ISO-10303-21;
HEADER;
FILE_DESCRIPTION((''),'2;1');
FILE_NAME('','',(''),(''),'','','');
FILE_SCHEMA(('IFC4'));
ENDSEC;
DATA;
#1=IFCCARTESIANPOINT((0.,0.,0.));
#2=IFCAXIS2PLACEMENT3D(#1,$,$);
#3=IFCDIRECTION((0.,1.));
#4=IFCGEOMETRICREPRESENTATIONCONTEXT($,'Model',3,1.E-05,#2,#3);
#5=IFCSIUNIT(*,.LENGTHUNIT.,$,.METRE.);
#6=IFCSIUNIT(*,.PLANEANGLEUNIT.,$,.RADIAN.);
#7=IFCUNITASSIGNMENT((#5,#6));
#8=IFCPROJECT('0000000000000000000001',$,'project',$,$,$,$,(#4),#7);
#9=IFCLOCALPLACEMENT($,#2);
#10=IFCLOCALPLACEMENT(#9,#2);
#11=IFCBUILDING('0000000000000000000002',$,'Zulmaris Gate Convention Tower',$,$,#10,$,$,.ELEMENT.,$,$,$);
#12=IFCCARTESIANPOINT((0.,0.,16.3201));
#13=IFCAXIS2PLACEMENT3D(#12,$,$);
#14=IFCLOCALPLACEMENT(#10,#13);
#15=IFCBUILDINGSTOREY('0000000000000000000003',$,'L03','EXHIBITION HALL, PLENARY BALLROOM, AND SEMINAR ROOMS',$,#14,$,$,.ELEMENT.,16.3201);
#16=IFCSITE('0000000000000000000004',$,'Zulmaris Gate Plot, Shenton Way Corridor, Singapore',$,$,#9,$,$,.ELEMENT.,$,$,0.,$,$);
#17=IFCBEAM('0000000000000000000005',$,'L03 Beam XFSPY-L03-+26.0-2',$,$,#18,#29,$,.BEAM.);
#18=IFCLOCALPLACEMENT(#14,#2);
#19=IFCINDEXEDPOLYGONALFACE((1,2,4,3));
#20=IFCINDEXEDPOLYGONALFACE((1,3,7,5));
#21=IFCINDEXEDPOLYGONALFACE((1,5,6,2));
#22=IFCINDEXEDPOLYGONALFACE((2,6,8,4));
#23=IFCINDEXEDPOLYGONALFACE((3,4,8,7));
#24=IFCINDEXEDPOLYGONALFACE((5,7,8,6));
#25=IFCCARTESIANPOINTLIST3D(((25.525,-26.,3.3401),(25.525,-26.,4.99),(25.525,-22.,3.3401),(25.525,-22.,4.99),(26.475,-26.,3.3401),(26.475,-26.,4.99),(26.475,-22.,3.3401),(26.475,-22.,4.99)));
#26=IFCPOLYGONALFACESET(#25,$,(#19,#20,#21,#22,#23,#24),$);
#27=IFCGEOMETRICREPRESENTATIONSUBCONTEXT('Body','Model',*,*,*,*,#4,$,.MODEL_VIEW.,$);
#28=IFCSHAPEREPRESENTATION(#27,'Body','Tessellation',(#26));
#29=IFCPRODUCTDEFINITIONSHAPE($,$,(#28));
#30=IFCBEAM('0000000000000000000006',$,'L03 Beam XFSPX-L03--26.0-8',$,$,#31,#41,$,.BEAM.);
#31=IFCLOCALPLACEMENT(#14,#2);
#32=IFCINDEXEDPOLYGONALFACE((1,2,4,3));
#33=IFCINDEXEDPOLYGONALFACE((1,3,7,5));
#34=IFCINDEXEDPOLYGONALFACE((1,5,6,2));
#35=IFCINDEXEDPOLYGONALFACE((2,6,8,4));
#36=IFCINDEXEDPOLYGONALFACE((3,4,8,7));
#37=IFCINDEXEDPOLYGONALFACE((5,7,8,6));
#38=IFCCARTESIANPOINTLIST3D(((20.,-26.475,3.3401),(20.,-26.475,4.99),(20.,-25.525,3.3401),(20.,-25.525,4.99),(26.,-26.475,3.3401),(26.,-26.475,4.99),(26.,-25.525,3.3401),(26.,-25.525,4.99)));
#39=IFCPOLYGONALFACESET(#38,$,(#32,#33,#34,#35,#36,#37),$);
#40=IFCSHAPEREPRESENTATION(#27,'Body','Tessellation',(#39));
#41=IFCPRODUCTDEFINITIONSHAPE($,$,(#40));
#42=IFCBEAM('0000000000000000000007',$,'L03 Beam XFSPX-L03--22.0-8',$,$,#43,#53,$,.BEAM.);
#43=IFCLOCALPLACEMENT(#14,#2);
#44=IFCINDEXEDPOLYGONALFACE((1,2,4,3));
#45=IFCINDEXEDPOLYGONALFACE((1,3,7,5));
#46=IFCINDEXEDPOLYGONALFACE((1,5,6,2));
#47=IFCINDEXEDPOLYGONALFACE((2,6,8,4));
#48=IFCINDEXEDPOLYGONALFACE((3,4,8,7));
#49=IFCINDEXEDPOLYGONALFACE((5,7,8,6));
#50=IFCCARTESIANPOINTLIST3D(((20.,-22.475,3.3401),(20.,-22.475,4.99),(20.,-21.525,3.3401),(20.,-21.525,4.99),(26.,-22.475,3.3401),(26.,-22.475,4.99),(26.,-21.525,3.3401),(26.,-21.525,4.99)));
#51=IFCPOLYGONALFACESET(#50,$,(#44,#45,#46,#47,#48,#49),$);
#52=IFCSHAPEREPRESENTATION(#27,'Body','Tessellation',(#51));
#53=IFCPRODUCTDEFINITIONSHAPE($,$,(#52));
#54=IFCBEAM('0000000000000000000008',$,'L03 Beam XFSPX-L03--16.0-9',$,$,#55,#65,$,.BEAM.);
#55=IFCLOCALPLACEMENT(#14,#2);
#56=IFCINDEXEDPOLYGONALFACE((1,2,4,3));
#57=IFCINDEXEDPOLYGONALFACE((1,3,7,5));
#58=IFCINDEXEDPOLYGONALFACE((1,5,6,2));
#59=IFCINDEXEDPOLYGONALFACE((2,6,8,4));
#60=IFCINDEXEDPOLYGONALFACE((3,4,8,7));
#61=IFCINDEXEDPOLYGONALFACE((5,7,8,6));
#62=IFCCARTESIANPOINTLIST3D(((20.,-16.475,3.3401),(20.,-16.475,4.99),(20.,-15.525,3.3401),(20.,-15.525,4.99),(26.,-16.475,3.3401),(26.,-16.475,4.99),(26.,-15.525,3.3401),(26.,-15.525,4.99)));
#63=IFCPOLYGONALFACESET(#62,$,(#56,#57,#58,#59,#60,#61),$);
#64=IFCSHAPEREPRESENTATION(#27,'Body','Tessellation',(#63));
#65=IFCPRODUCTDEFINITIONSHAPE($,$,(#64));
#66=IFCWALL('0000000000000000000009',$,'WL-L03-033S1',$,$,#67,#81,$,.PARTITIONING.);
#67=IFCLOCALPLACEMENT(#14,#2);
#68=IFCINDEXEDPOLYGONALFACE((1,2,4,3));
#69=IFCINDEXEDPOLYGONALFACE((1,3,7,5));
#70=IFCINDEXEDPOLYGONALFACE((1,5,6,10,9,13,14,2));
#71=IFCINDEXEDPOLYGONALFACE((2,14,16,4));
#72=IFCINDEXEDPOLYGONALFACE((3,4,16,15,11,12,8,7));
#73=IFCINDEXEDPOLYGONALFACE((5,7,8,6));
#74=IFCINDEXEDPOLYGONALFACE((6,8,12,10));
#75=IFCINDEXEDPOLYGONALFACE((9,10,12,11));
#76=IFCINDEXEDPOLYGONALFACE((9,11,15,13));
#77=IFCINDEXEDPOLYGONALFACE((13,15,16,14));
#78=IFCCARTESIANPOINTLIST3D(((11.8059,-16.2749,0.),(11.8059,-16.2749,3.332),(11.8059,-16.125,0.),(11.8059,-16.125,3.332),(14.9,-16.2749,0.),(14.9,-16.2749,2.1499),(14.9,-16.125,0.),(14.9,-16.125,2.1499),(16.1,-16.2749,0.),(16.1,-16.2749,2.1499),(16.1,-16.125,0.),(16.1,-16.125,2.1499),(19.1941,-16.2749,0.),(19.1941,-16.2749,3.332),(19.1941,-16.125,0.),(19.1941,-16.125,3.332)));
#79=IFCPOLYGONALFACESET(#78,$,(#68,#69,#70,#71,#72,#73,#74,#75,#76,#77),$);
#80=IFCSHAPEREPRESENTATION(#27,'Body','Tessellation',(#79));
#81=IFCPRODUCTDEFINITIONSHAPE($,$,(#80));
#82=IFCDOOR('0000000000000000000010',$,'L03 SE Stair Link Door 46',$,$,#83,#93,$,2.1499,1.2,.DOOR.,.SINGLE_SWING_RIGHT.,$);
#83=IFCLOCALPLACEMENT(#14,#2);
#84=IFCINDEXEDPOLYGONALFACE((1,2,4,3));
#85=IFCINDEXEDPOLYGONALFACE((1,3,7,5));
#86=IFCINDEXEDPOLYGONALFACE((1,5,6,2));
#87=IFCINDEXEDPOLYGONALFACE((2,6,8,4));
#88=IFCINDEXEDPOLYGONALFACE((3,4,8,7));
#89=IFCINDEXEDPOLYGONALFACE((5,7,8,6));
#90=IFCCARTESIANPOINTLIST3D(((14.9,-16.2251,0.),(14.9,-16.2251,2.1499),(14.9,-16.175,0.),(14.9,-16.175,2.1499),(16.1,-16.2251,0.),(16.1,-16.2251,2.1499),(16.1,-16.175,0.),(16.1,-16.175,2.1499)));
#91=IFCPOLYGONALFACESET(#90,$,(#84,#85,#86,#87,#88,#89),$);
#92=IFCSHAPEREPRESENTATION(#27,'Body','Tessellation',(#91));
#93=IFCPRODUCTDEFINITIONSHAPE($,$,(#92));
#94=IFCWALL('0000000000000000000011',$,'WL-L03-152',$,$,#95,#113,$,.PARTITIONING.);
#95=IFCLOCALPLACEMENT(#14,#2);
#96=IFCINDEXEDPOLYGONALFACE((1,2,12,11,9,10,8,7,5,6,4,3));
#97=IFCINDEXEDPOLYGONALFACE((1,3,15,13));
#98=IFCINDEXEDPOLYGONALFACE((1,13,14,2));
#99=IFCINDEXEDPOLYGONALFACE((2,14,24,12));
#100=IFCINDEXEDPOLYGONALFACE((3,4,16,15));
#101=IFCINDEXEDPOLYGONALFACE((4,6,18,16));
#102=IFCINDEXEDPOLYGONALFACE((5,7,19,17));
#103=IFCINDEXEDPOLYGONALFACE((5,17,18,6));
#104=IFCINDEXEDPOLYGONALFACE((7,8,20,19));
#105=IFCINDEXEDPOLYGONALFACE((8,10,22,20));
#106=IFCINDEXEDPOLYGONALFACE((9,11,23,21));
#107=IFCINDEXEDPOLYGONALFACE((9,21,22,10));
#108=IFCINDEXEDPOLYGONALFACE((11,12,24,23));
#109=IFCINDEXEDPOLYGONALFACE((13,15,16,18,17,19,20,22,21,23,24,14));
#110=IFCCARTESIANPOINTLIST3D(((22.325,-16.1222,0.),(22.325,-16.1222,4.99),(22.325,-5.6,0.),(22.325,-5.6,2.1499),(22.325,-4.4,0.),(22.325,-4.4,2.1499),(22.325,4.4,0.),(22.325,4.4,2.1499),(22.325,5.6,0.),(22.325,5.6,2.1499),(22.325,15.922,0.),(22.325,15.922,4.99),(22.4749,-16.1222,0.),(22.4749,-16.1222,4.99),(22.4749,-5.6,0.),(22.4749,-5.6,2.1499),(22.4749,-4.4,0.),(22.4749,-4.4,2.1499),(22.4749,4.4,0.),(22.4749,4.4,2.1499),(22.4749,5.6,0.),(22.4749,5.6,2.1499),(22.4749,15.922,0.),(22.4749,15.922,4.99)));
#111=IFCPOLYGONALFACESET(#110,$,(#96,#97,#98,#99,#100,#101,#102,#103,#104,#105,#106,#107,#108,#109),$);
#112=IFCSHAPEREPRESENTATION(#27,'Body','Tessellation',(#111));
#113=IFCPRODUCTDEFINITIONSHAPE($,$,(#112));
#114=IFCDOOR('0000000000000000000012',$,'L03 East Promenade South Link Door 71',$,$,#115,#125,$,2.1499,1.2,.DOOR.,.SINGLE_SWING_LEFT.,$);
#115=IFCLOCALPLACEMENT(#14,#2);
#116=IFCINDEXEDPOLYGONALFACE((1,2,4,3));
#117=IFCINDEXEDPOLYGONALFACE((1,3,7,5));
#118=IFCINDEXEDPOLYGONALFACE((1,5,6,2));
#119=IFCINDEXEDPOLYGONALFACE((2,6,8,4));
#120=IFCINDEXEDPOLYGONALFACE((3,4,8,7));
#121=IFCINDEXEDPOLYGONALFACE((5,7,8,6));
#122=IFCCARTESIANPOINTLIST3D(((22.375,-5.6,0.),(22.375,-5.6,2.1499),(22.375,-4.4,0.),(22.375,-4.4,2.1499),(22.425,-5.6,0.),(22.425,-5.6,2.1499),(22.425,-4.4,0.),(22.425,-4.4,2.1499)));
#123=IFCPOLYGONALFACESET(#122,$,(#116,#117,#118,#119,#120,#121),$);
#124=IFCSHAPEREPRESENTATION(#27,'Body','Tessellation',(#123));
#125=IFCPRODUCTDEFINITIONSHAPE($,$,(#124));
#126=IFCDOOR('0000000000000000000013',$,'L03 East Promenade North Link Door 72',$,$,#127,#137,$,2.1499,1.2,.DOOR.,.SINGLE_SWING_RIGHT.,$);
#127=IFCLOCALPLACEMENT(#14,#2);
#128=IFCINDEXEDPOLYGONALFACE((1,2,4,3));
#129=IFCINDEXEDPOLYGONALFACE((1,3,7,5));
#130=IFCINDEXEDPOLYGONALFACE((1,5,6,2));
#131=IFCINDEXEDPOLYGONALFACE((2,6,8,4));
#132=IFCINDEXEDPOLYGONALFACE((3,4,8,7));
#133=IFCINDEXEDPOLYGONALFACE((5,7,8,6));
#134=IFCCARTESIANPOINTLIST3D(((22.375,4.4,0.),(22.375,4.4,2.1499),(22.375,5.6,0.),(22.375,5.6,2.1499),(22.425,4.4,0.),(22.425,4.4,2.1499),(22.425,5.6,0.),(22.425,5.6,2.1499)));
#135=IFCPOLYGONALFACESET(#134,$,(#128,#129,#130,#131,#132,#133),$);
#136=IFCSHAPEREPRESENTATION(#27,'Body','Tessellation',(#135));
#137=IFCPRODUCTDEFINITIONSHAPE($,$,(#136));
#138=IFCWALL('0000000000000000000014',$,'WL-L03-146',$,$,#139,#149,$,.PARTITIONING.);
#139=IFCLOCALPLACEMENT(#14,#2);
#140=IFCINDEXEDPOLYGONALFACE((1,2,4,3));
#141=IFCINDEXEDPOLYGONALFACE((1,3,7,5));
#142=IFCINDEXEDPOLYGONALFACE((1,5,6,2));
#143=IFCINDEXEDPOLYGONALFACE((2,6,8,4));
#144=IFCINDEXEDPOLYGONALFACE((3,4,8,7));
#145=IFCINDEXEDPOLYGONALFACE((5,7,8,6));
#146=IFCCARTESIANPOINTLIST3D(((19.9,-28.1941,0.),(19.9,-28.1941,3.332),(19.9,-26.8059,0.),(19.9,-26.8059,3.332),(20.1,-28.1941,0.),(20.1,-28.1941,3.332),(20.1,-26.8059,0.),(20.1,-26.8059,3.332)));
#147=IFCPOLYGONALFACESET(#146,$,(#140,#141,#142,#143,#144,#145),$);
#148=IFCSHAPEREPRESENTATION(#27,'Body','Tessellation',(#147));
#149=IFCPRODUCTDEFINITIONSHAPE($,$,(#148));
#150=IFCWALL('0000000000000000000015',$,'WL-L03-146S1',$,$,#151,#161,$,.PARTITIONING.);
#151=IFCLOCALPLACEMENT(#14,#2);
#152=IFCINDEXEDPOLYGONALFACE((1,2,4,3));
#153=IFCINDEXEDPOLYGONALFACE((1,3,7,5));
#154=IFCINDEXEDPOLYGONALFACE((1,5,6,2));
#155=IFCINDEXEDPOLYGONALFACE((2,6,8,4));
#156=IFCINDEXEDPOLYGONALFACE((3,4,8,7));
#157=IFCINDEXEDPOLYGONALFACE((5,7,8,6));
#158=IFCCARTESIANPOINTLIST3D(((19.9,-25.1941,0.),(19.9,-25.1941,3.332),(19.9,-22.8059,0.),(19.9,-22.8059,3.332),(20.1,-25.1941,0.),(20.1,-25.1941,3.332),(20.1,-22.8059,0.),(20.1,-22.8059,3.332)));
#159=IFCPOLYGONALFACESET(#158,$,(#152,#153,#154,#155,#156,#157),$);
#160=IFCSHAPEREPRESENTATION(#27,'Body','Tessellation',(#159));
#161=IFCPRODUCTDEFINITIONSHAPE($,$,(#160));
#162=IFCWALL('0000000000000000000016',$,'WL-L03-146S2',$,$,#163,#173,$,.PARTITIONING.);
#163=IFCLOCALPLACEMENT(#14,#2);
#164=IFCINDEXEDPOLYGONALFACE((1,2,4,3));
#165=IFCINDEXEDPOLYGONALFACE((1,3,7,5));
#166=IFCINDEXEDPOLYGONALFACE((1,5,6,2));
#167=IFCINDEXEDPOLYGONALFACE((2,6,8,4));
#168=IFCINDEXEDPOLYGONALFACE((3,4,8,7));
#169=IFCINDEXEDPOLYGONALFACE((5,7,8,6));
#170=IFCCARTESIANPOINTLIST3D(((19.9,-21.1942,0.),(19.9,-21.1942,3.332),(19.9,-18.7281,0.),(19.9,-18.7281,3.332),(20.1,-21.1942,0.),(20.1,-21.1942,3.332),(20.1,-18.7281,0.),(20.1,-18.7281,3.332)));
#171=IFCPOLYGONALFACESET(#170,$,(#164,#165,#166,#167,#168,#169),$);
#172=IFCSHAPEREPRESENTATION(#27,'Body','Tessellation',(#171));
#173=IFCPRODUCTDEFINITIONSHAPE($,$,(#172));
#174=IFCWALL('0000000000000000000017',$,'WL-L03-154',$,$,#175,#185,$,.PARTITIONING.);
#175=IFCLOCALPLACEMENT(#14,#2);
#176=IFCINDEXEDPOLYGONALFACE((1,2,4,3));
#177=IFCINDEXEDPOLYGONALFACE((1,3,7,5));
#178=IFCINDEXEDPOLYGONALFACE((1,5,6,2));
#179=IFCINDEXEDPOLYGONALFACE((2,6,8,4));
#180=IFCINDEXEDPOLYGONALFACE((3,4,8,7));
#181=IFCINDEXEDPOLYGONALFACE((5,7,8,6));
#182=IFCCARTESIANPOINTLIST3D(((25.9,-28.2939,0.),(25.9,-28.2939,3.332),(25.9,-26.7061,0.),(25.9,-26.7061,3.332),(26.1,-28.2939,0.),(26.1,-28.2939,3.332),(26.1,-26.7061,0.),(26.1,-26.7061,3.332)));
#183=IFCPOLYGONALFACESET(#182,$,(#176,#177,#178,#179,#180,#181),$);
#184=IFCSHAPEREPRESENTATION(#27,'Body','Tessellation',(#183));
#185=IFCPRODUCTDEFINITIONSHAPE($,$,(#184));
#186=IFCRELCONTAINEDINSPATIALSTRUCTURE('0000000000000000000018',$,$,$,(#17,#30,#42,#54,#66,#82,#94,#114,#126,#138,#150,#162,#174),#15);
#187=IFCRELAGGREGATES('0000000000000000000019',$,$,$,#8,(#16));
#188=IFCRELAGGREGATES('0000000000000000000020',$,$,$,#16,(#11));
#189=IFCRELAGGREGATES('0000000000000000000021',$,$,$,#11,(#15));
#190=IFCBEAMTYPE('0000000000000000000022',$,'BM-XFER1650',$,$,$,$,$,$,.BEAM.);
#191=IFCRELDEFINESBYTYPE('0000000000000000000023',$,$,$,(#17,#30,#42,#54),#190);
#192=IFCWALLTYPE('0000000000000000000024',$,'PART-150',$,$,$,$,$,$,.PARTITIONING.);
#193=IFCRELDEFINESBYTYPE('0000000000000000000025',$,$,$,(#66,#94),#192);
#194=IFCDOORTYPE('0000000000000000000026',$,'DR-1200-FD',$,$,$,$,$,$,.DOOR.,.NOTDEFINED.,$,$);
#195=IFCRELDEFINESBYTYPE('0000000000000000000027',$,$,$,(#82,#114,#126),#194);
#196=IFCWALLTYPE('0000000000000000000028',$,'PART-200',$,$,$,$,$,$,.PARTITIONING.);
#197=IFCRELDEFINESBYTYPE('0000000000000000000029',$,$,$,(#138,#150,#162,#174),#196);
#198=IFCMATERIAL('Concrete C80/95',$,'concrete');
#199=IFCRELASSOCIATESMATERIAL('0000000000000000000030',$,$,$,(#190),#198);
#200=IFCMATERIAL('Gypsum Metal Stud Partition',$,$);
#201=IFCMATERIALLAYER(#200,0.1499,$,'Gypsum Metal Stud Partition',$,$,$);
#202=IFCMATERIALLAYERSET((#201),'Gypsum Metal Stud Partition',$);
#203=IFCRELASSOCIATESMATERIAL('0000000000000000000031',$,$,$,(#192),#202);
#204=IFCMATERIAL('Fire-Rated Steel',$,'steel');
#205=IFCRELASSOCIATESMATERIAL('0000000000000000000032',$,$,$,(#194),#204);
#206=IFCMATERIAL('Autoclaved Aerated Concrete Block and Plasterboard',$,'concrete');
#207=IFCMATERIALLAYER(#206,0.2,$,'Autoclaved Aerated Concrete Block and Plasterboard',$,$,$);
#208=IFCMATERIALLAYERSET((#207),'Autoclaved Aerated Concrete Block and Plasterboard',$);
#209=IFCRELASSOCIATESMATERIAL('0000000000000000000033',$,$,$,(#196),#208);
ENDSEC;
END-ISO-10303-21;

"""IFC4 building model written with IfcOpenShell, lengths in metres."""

from ifc_helpers import new_model, si_unit, direction, frame, frame_2d, origin, origin_2d, place, context, subcontext, project, spatial, rectangle, extrude, material, layer, layer_set, material_profile, profile_set, type_object, element, fill, save


model = new_model("IFC4")

# Units and contexts
model_context = context("Model", 3, precision=1e-05, world=origin(), true_north=direction((0.0, 1.0)))
body_context = subcontext(model_context, "Body", "Model", "MODEL_VIEW")
ifc_project = project(units=[si_unit("LENGTHUNIT", "METRE"), si_unit("PLANEANGLEUNIT", "RADIAN")], contexts=[model_context])

# Site, building, storey
site_placement = place(None, origin())
site = spatial("IfcSite", under=ifc_project, at=site_placement, Name="Zulmaris Gate Plot, Shenton Way Corridor, Singapore", CompositionType="ELEMENT", RefElevation=0.0)
building_placement = place(site_placement, origin())
building = spatial("IfcBuilding", under=site, at=building_placement, Name="Zulmaris Gate Convention Tower", CompositionType="ELEMENT")
storey_placement = place(building_placement, frame((0.0, 0.0, 16.3201)))
storey = spatial("IfcBuildingStorey", under=building, at=storey_placement, Name="L03", Description="EXHIBITION HALL, PLENARY BALLROOM, AND SEMINAR ROOMS", CompositionType="ELEMENT", Elevation=16.3201)

# Shared definitions
ifc_material_1 = material(Name="Concrete C80/95", Category="concrete")

# Beams
ifc_material_profile_1 = material_profile(ifc_material_1, rectangle(XDim=0.95, YDim=1.6499, at=origin_2d()), Name="RC TRANSFER 950x1650")
ifc_profile_set_1 = profile_set([ifc_material_profile_1], Name="Concrete C80/95")
beam_type_1 = type_object("IfcBeamType", Name="BM-XFER1650", PredefinedType="BEAM", material=ifc_profile_set_1)
beam_1_placement = place(storey_placement, frame((26.0, -26.0, 4.165), z_axis=(0.0, 1.0, 0.0), x_axis=(-1.0, 0.0, 0.0)))
element("IfcBeam", 1, at=beam_1_placement, inside=storey, type_object=beam_type_1, Name="L03 Beam XFSPY-L03-+26.0-2", PredefinedType="BEAM", context=body_context, shape_type="SweptSolid", body=[
    extrude(rectangle(XDim=0.95, YDim=1.6499, at=origin_2d()), origin(), (0.0, 0.0, 1.0), 4.0),
])
for number, where, z_axis, x_axis, name in (
    (2, (20.0, -26.0, 4.165), (1.0, 0.0, 0.0), (0.0, 1.0, 0.0), "L03 Beam XFSPX-L03--26.0-8"),
    (3, (20.0, -22.0, 4.165), (1.0, 0.0, 0.0), (0.0, 1.0, 0.0), "L03 Beam XFSPX-L03--22.0-8"),
    (4, (20.0, -16.0, 4.165), (1.0, 0.0, 0.0), (0.0, 1.0, 0.0), "L03 Beam XFSPX-L03--16.0-9"),
):
    element("IfcBeam", number, at=place(storey_placement, frame(where, z_axis=z_axis, x_axis=x_axis)), inside=storey, type_object=beam_type_1, Name=name, PredefinedType="BEAM", context=body_context, shape_type="SweptSolid", body=[
        extrude(rectangle(XDim=0.95, YDim=1.6499, at=origin_2d()), origin(), (0.0, 0.0, 1.0), 6.0),
    ])

# Wall, opening, door
ifc_material_2 = material(Name="Gypsum Metal Stud Partition")
ifc_layer_1 = layer(ifc_material_2, 0.1499, Name="Gypsum Metal Stud Partition")
ifc_layer_set_1 = layer_set([ifc_layer_1], Name="Gypsum Metal Stud Partition")
wall_type_1 = type_object("IfcWallType", Name="PART-150", PredefinedType="PARTITIONING", material=ifc_layer_set_1)
wall_1_placement = place(storey_placement, frame((11.8059, -16.2, 0.0), z_axis=(0.0, 0.0, 1.0), x_axis=(1.0, 0.0, 0.0)))
wall_1 = element("IfcWall", 5, at=wall_1_placement, inside=storey, type_object=wall_type_1, Name="WL-L03-033S1", PredefinedType="PARTITIONING", context=body_context, shape_type="SweptSolid", body=[
    extrude(rectangle(XDim=7.3882, YDim=0.1499, at=frame_2d((3.6941, 0.0))), origin(), (0.0, 0.0, 1.0), 3.332),
])
opening_1_placement = place(wall_1_placement, frame((3.094, 0.0, 0.0)))
opening_1 = element("IfcOpeningElement", 6, at=opening_1_placement, cuts=wall_1, PredefinedType="OPENING", context=body_context, shape_type="SweptSolid", body=[
    extrude(rectangle(XDim=1.2, YDim=2.1499, at=frame_2d((0.6001, 1.075))), frame((0.0, 0.085, 0.0), z_axis=(0.0, -1.0, 0.0), x_axis=(1.0, 0.0, 0.0)), (0.0, 0.0, 1.0), 0.1699),
])
ifc_material_3 = material(Name="Fire-Rated Steel", Category="steel")
door_type_1 = type_object("IfcDoorType", Name="DR-1200-FD", OperationType="NOTDEFINED", PredefinedType="DOOR", material=ifc_material_3)
door_1_placement = place(opening_1_placement, origin())
door_1 = element("IfcDoor", 7, at=door_1_placement, inside=storey, type_object=door_type_1, Name="L03 SE Stair Link Door 46", OperationType="SINGLE_SWING_RIGHT", OverallHeight=2.1499, OverallWidth=1.2, PredefinedType="DOOR", context=body_context, shape_type="SweptSolid", body=[
    extrude(rectangle(XDim=1.2, YDim=2.1499, at=frame_2d((0.6001, 1.075))), frame((0.0, 0.0249, 0.0), z_axis=(0.0, -1.0, 0.0), x_axis=(1.0, 0.0, 0.0)), (0.0, 0.0, 1.0), 0.05),
])
fill(opening_1, door_1)

# Wall, openings, doors
wall_2_placement = place(storey_placement, frame((22.3999, -16.1221, 0.0), z_axis=(0.0, 0.0, 1.0), x_axis=(0.0, 1.0, 0.0)))
wall_2 = element("IfcWall", 8, at=wall_2_placement, inside=storey, type_object=wall_type_1, Name="WL-L03-152", PredefinedType="PARTITIONING", context=body_context, shape_type="SweptSolid", body=[
    extrude(rectangle(XDim=32.0442, YDim=0.1499, at=frame_2d((16.022, 0.0))), origin(), (0.0, 0.0, 1.0), 4.99),
])
opening_2_placement = place(wall_2_placement, frame((10.522, 0.0, 0.0)))
opening_2 = element("IfcOpeningElement", 9, at=opening_2_placement, cuts=wall_2, PredefinedType="OPENING", context=body_context, shape_type="SweptSolid", body=[
    extrude(rectangle(XDim=1.2, YDim=2.1499, at=frame_2d((0.6001, 1.075))), frame((0.0, 0.085, 0.0), z_axis=(0.0, -1.0, 0.0), x_axis=(1.0, 0.0, 0.0)), (0.0, 0.0, 1.0), 0.1699),
])
opening_3_placement = place(wall_2_placement, frame((20.522, 0.0, 0.0)))
opening_3 = element("IfcOpeningElement", 10, at=opening_3_placement, cuts=wall_2, PredefinedType="OPENING", context=body_context, shape_type="SweptSolid", body=[
    extrude(rectangle(XDim=1.2, YDim=2.1499, at=frame_2d((0.6001, 1.075))), frame((0.0, 0.085, 0.0), z_axis=(0.0, -1.0, 0.0), x_axis=(1.0, 0.0, 0.0)), (0.0, 0.0, 1.0), 0.1699),
])
door_2_placement = place(opening_2_placement, origin())
door_2 = element("IfcDoor", 11, at=door_2_placement, inside=storey, type_object=door_type_1, Name="L03 East Promenade South Link Door 71", OperationType="SINGLE_SWING_LEFT", OverallHeight=2.1499, OverallWidth=1.2, PredefinedType="DOOR", context=body_context, shape_type="SweptSolid", body=[
    extrude(rectangle(XDim=1.2, YDim=2.1499, at=frame_2d((0.6001, 1.075))), frame((0.0, 0.0249, 0.0), z_axis=(0.0, -1.0, 0.0), x_axis=(1.0, 0.0, 0.0)), (0.0, 0.0, 1.0), 0.05),
])
fill(opening_2, door_2)
door_3_placement = place(opening_3_placement, origin())
door_3 = element("IfcDoor", 12, at=door_3_placement, inside=storey, type_object=door_type_1, Name="L03 East Promenade North Link Door 72", OperationType="SINGLE_SWING_RIGHT", OverallHeight=2.1499, OverallWidth=1.2, PredefinedType="DOOR", context=body_context, shape_type="SweptSolid", body=[
    extrude(rectangle(XDim=1.2, YDim=2.1499, at=frame_2d((0.6001, 1.075))), frame((0.0, 0.0249, 0.0), z_axis=(0.0, -1.0, 0.0), x_axis=(1.0, 0.0, 0.0)), (0.0, 0.0, 1.0), 0.05),
])
fill(opening_3, door_3)

# Walls
ifc_material_4 = material(Name="Autoclaved Aerated Concrete Block and Plasterboard", Category="concrete")
ifc_layer_2 = layer(ifc_material_4, 0.2, Name="Autoclaved Aerated Concrete Block and Plasterboard")
ifc_layer_set_2 = layer_set([ifc_layer_2], Name="Autoclaved Aerated Concrete Block and Plasterboard")
wall_type_2 = type_object("IfcWallType", Name="PART-200", PredefinedType="PARTITIONING", material=ifc_layer_set_2)
wall_3_placement = place(storey_placement, frame((20.0, -28.1941, 0.0), z_axis=(0.0, 0.0, 1.0), x_axis=(0.0, 1.0, 0.0)))
element("IfcWall", 13, at=wall_3_placement, inside=storey, type_object=wall_type_2, Name="WL-L03-146", PredefinedType="PARTITIONING", context=body_context, shape_type="SweptSolid", body=[
    extrude(rectangle(XDim=1.3882, YDim=0.2, at=frame_2d((0.6941, 0.0))), origin(), (0.0, 0.0, 1.0), 3.332),
])
wall_4_placement = place(storey_placement, frame((20.0, -25.1941, 0.0), z_axis=(0.0, 0.0, 1.0), x_axis=(0.0, 1.0, 0.0)))
element("IfcWall", 14, at=wall_4_placement, inside=storey, type_object=wall_type_2, Name="WL-L03-146S1", PredefinedType="PARTITIONING", context=body_context, shape_type="SweptSolid", body=[
    extrude(rectangle(XDim=2.3882, YDim=0.2, at=frame_2d((1.1941, 0.0))), origin(), (0.0, 0.0, 1.0), 3.332),
])
wall_5_placement = place(storey_placement, frame((20.0, -21.1941, 0.0), z_axis=(0.0, 0.0, 1.0), x_axis=(0.0, 1.0, 0.0)))
element("IfcWall", 15, at=wall_5_placement, inside=storey, type_object=wall_type_2, Name="WL-L03-146S2", PredefinedType="PARTITIONING", context=body_context, shape_type="SweptSolid", body=[
    extrude(rectangle(XDim=2.4661, YDim=0.2, at=frame_2d((1.2329, 0.0))), origin(), (0.0, 0.0, 1.0), 3.332),
])
wall_6_placement = place(storey_placement, frame((26.0, -28.2939, 0.0), z_axis=(0.0, 0.0, 1.0), x_axis=(0.0, 1.0, 0.0)))
element("IfcWall", 16, at=wall_6_placement, inside=storey, type_object=wall_type_2, Name="WL-L03-154", PredefinedType="PARTITIONING", context=body_context, shape_type="SweptSolid", body=[
    extrude(rectangle(XDim=1.5879, YDim=0.2, at=frame_2d((0.7939, 0.0))), origin(), (0.0, 0.0, 1.0), 3.332),
])

save(model, "model.ifc")
